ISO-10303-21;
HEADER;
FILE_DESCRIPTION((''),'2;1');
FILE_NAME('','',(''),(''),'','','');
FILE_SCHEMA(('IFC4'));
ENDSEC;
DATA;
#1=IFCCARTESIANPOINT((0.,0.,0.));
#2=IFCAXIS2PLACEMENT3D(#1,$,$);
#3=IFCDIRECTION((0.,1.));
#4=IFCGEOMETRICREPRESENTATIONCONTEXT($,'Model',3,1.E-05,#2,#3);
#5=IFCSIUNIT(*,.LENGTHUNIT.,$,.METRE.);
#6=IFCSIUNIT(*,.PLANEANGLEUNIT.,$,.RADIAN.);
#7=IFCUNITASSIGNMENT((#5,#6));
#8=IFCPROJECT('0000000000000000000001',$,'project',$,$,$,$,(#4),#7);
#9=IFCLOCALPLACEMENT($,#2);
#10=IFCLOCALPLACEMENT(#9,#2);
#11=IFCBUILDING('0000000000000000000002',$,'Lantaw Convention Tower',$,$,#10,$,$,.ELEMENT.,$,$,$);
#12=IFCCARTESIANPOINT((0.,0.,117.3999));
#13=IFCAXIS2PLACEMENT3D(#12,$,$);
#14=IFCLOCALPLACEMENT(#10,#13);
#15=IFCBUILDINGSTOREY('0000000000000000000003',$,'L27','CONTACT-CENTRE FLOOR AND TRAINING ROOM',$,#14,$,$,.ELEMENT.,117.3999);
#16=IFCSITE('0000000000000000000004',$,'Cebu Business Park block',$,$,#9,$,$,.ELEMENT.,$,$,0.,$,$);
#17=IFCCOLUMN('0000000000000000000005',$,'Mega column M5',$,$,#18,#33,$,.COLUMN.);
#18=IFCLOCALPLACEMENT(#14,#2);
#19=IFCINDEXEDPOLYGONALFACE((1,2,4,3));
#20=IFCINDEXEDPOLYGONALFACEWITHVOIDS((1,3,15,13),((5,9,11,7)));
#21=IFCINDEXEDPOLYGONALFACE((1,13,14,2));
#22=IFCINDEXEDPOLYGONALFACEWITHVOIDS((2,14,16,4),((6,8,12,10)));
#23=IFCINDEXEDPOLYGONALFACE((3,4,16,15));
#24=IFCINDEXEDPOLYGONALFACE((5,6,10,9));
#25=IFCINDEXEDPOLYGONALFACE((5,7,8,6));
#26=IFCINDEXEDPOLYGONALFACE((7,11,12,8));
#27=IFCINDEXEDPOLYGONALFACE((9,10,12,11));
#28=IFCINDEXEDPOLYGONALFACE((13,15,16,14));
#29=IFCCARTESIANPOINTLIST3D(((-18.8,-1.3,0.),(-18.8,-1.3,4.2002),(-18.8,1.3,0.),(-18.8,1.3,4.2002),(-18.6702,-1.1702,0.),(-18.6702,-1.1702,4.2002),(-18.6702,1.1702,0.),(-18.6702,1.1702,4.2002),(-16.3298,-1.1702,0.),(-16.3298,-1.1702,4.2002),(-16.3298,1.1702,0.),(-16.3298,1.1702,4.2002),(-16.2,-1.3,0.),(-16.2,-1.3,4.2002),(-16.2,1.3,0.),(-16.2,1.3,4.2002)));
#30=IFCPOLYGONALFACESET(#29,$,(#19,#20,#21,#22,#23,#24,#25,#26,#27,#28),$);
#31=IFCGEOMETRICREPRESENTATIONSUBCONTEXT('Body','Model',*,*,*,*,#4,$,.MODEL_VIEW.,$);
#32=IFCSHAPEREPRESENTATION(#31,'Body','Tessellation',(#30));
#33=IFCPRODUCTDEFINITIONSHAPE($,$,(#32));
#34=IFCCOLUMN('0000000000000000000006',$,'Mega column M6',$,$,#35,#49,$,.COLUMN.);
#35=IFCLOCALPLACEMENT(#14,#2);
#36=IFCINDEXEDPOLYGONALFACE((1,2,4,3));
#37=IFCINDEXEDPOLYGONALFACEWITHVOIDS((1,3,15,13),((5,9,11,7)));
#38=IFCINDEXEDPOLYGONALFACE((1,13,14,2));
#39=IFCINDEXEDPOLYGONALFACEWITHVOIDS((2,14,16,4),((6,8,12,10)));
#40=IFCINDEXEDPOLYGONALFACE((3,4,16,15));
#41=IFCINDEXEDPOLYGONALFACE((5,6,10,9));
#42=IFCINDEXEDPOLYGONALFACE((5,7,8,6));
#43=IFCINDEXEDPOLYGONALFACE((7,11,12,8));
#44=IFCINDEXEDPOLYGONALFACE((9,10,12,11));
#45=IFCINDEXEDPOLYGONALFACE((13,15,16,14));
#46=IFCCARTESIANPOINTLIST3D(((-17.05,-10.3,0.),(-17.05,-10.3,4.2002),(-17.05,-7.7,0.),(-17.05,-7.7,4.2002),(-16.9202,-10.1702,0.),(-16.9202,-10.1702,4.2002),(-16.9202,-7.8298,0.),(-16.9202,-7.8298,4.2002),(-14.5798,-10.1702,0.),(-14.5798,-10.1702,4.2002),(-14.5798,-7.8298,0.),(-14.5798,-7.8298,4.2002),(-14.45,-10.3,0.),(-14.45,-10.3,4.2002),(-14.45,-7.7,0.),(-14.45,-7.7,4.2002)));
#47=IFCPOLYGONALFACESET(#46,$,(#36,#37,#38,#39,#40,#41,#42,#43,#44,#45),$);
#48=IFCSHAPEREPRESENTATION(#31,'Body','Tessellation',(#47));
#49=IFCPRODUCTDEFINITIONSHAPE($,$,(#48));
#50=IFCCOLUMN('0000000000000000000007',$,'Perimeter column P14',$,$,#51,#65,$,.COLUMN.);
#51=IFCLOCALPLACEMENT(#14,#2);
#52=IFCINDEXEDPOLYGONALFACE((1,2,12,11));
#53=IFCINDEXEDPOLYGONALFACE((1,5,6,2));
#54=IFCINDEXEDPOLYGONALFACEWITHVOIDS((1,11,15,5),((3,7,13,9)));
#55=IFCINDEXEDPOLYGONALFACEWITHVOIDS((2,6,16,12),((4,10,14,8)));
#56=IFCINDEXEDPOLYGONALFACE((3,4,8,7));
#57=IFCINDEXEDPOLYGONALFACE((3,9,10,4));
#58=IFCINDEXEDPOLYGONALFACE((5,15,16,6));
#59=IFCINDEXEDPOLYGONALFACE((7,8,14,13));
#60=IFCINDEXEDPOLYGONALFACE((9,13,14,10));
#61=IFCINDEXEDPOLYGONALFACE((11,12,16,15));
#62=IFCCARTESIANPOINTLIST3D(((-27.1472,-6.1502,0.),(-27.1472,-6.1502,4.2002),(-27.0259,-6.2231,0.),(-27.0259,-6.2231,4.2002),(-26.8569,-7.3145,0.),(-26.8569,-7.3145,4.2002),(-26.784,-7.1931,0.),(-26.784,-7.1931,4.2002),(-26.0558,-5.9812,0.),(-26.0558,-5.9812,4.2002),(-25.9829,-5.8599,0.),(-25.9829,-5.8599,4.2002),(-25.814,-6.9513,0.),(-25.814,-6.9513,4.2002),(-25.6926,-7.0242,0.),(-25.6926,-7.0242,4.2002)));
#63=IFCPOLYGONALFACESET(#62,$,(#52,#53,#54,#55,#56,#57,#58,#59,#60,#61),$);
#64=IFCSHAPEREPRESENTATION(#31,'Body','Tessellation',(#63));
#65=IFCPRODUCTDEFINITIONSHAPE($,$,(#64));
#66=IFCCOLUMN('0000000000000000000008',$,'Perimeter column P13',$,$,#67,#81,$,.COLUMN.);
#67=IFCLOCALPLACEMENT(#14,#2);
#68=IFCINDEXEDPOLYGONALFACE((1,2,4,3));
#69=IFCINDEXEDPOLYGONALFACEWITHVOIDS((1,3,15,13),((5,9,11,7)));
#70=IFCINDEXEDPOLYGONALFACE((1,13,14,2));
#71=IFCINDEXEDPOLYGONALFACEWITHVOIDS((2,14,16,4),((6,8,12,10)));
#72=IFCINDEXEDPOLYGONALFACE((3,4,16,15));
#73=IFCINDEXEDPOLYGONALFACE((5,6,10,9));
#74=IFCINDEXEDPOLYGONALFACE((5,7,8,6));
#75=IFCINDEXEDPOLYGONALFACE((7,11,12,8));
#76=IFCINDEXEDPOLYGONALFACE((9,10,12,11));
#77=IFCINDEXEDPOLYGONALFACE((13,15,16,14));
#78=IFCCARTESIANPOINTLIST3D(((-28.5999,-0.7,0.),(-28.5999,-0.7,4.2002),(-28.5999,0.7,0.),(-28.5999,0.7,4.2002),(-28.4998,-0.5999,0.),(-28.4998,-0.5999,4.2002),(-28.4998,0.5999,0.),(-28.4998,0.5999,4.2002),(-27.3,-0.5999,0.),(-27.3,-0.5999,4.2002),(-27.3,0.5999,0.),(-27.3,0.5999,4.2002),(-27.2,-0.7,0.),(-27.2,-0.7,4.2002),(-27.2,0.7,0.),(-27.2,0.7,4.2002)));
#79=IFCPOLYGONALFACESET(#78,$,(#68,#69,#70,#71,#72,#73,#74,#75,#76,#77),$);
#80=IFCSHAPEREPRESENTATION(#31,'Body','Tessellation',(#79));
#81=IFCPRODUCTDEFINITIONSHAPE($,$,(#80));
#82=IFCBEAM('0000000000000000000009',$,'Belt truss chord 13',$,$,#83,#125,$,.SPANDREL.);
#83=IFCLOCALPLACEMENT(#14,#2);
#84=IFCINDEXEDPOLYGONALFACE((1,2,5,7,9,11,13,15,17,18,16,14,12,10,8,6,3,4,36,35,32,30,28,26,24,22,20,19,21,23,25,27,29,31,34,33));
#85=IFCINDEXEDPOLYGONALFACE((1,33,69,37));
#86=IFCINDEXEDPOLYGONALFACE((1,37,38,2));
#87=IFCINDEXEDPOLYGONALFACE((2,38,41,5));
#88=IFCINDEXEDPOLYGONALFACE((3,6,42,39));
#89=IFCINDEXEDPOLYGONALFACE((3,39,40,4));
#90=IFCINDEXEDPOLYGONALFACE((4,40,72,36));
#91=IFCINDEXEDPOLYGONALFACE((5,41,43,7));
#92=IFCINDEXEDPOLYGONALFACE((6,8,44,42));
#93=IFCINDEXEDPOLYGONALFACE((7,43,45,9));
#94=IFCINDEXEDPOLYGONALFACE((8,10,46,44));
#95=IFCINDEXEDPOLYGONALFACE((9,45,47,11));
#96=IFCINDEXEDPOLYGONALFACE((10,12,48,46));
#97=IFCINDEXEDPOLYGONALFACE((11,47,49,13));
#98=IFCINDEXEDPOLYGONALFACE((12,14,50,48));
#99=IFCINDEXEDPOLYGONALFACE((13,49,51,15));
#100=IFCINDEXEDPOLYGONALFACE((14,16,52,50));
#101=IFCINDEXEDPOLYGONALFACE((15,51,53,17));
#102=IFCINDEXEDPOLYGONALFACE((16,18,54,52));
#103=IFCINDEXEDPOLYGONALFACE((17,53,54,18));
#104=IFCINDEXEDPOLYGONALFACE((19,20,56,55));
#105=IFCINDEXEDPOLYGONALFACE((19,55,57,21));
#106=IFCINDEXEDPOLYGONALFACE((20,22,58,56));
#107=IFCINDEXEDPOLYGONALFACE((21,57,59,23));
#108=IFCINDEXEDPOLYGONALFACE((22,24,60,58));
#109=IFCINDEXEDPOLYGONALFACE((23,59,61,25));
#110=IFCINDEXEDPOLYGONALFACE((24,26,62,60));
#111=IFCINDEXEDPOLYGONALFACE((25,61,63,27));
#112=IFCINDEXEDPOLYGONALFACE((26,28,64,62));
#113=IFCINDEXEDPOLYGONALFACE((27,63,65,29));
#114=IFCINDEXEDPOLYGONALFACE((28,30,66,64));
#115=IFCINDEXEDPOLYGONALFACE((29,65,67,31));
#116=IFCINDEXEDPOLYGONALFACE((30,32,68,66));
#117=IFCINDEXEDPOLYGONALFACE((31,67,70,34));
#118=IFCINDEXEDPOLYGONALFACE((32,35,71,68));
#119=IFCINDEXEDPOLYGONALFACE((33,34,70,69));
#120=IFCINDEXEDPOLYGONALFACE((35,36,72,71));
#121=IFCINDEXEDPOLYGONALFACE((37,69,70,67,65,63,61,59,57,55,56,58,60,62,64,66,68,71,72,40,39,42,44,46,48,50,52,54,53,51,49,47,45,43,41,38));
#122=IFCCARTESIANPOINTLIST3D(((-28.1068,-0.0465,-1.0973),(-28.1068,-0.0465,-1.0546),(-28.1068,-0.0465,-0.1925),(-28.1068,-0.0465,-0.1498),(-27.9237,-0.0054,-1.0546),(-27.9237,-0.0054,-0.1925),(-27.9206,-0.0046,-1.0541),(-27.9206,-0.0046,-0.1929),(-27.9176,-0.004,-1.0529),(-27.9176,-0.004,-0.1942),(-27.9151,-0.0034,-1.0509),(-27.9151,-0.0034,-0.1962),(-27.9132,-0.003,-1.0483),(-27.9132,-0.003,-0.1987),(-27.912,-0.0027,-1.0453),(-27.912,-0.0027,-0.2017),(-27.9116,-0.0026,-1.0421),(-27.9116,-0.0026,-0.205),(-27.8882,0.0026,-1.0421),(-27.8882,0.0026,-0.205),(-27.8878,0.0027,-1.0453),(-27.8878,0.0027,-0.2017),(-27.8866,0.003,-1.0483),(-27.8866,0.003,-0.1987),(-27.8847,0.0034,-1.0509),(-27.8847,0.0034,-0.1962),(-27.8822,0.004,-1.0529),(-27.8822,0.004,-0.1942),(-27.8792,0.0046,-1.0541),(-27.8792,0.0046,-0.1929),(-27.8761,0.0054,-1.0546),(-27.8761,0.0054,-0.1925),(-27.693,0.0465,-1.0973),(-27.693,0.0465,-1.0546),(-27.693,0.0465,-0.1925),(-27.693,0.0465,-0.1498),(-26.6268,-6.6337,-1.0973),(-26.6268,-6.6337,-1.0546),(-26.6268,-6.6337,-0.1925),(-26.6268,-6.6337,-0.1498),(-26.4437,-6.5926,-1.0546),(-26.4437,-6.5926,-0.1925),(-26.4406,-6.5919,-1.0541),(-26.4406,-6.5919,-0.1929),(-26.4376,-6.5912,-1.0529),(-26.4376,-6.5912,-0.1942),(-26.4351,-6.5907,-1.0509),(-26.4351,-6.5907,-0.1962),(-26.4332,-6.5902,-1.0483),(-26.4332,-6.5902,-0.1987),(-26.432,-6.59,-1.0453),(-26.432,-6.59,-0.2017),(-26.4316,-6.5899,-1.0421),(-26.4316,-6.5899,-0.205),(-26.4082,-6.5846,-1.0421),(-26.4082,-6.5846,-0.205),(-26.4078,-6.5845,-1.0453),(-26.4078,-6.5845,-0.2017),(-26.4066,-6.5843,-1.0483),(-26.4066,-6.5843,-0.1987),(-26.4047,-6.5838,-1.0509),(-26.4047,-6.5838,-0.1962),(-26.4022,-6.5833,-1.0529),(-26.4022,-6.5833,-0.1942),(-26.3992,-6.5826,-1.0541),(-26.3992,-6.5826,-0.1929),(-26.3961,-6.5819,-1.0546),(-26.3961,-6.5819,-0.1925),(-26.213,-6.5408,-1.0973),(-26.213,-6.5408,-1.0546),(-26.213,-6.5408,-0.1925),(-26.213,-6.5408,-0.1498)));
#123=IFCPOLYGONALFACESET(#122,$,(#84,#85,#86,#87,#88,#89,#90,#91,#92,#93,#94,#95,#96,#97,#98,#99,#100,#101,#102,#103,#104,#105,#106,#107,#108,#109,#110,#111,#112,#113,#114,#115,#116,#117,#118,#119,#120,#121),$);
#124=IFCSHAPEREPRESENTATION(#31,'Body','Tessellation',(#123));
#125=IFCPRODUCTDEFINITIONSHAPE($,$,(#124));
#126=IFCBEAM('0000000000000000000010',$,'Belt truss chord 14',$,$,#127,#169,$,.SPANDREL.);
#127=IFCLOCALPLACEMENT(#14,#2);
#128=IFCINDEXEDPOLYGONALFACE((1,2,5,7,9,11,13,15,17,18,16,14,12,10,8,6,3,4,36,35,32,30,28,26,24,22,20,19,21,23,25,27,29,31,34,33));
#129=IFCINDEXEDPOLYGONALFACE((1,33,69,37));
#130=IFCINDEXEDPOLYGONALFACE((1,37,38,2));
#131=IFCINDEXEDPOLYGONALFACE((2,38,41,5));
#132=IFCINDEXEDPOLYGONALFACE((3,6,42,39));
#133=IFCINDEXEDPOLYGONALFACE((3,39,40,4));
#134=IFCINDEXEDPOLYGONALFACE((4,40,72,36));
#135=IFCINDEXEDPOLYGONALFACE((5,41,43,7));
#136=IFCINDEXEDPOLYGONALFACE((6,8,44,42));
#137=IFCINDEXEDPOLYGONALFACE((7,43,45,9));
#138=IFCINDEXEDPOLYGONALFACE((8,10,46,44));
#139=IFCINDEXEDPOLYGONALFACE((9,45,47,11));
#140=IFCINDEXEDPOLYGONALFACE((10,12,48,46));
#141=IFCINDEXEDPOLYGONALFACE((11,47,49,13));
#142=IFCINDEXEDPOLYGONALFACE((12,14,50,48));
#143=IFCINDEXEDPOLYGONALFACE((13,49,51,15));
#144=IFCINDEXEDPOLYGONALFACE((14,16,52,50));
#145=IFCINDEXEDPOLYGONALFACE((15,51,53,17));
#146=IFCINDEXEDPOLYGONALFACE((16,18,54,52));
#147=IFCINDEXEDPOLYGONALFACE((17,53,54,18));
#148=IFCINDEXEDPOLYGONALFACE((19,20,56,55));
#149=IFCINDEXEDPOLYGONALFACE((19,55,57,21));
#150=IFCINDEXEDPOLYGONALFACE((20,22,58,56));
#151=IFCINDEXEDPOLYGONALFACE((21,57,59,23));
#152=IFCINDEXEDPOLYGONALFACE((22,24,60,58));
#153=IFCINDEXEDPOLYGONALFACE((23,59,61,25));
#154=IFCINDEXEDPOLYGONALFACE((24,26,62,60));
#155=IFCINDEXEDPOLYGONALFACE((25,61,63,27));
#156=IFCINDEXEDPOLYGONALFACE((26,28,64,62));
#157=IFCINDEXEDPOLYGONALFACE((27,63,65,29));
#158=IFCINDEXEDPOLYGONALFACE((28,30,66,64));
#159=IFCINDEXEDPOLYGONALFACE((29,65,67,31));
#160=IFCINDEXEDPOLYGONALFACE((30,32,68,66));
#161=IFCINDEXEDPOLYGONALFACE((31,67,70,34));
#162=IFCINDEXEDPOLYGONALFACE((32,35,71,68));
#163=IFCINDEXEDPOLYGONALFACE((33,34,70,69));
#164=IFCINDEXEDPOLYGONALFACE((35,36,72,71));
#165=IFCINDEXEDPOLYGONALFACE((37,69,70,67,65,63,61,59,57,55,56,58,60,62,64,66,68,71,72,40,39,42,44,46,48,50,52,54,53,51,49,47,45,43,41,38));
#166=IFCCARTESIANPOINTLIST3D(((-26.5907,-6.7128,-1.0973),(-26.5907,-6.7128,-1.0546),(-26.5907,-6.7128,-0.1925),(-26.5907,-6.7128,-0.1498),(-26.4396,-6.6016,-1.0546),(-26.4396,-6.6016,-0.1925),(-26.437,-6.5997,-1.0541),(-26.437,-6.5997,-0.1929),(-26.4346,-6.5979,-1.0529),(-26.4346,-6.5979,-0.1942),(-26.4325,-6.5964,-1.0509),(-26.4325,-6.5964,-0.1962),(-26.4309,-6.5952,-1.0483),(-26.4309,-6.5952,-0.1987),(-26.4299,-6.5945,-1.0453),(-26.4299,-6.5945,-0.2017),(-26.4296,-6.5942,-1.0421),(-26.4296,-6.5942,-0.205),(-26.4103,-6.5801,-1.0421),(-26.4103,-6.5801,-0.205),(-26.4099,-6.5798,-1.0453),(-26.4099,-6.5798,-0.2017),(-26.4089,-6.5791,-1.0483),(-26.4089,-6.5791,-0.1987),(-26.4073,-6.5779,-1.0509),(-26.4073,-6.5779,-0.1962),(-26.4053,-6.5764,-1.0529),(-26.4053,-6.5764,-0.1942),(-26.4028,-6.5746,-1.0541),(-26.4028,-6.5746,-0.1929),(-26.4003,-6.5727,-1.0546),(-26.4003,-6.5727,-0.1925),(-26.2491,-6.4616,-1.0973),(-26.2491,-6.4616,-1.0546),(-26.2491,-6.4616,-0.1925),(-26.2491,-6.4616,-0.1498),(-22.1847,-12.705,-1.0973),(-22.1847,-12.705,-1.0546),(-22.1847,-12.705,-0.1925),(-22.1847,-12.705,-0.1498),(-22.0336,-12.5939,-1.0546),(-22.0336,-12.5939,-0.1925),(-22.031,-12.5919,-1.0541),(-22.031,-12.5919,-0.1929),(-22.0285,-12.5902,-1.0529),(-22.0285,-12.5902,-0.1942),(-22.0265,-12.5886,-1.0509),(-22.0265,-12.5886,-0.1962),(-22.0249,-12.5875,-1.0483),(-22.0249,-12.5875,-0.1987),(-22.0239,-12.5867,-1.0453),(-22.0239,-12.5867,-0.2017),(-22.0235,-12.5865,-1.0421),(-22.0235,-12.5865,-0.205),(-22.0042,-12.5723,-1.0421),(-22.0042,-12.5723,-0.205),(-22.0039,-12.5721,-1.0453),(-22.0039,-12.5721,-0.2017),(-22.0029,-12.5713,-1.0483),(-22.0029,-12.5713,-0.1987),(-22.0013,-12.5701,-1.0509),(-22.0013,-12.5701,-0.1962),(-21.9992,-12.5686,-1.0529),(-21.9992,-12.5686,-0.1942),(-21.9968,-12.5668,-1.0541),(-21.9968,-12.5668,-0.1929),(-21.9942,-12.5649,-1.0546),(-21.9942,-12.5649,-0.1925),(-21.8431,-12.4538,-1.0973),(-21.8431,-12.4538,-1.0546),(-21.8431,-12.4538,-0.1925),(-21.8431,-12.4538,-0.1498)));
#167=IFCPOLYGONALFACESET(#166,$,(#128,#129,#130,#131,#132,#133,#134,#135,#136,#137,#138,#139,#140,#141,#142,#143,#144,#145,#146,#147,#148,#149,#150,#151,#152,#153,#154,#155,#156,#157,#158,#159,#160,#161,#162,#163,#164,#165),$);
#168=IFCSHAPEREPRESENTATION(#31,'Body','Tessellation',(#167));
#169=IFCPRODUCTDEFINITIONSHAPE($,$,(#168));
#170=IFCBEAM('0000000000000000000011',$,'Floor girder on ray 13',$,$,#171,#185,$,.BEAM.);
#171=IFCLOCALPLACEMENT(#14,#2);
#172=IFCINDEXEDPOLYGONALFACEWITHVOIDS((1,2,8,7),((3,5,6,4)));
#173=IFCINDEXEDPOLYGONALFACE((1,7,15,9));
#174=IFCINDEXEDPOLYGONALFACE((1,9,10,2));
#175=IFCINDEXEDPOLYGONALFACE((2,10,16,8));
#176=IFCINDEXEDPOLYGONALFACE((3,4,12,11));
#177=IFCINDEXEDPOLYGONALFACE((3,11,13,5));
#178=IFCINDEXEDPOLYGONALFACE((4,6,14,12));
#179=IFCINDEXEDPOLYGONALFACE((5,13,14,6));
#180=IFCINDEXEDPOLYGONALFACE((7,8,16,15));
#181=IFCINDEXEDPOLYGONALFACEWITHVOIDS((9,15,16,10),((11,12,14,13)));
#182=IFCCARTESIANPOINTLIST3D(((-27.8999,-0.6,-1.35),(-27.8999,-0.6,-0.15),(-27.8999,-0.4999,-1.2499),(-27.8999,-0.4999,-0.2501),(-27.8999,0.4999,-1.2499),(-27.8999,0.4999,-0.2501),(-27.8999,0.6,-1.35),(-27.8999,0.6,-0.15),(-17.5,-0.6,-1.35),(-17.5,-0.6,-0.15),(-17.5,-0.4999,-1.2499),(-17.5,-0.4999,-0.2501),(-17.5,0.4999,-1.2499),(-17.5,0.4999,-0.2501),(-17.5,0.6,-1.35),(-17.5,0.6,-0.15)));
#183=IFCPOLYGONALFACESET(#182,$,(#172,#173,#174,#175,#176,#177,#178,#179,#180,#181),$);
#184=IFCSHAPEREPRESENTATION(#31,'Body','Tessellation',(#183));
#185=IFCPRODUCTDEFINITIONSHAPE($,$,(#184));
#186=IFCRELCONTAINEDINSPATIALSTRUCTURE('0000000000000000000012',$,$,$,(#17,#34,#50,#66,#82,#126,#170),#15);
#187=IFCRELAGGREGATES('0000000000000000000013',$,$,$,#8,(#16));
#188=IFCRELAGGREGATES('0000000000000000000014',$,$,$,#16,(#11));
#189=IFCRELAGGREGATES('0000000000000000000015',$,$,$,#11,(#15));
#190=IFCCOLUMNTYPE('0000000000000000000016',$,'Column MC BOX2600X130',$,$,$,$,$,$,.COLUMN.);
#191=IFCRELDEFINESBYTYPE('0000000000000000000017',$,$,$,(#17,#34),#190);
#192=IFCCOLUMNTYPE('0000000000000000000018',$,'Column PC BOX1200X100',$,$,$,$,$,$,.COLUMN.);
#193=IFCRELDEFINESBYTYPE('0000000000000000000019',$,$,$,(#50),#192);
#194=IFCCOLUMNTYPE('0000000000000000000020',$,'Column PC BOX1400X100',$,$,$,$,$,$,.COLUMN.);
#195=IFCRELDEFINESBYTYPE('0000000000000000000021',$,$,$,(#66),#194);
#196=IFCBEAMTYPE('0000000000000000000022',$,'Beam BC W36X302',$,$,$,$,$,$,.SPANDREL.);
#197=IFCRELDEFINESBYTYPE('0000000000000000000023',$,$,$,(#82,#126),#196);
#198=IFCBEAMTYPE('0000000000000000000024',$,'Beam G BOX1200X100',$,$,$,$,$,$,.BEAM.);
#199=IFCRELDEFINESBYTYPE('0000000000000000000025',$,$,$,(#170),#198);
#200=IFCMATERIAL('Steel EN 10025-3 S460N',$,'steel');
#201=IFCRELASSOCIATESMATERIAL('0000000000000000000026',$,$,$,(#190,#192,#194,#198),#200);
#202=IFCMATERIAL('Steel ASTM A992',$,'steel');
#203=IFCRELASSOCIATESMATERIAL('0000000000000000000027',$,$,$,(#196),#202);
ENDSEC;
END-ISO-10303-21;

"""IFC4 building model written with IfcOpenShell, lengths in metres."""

from ifc_helpers import new_model, si_unit, direction, frame, origin, origin_2d, place, context, subcontext, project, spatial, rectangle, hollow_rectangle, i_section, extrude, material, material_profile, profile_set, type_object, element, save


model = new_model("IFC4")

# Units and contexts
model_context = context("Model", 3, precision=1e-05, world=origin(), true_north=direction((0.0, 1.0)))
body_context = subcontext(model_context, "Body", "Model", "MODEL_VIEW")
ifc_project = project(units=[si_unit("LENGTHUNIT", "METRE"), si_unit("PLANEANGLEUNIT", "RADIAN")], contexts=[model_context])

# Site, building, storey
site_placement = place(None, origin())
site = spatial("IfcSite", under=ifc_project, at=site_placement, Name="Cebu Business Park block", CompositionType="ELEMENT", RefElevation=0.0)
building_placement = place(site_placement, origin())
building = spatial("IfcBuilding", under=site, at=building_placement, Name="Lantaw Convention Tower", CompositionType="ELEMENT")
storey_placement = place(building_placement, frame((0.0, 0.0, 117.3999)))
storey = spatial("IfcBuildingStorey", under=building, at=storey_placement, Name="L27", Description="CONTACT-CENTRE FLOOR AND TRAINING ROOM", CompositionType="ELEMENT", Elevation=117.3999)

# Columns
ifc_material_1 = material(Name="Steel EN 10025-3 S460N", Category="steel")
ifc_material_profile_1 = material_profile(ifc_material_1, hollow_rectangle(XDim=2.6001, YDim=2.6001, WallThickness=0.1299, at=origin_2d()), Name="BOX2600X130")
ifc_material_2 = material(Name="Concrete C60/75", Category="concrete")
ifc_material_profile_2 = material_profile(ifc_material_2, rectangle(XDim=2.3401, YDim=2.3401, at=origin_2d()), Name="Concrete fill of BOX2600X130")
ifc_profile_set_1 = profile_set([ifc_material_profile_1, ifc_material_profile_2], Name="Steel EN 10025-3 S460N")
column_type_1 = type_object("IfcColumnType", Name="Column MC BOX2600X130", PredefinedType="COLUMN", material=ifc_profile_set_1)
for number, where, z_axis, x_axis, name in (
    (1, (-17.5, 0.0, 0.0), (0.0, 0.0, 1.0), (1.0, 0.0, 0.0), "Mega column M5"),
    (2, (-15.75, -9.0, 0.0), (0.0, 0.0, 1.0), (1.0, 0.0, 0.0), "Mega column M6"),
):
    element("IfcColumn", number, at=place(storey_placement, frame(where, z_axis=z_axis, x_axis=x_axis)), inside=storey, type_object=column_type_1, Name=name, PredefinedType="COLUMN", context=body_context, shape_type="SweptSolid", body=[
        extrude(hollow_rectangle(XDim=2.6001, YDim=2.6001, WallThickness=0.1299, at=origin_2d()), origin(), (0.0, 0.0, 1.0), 4.2002),
    ])
ifc_material_profile_3 = material_profile(ifc_material_1, hollow_rectangle(XDim=1.2, YDim=1.2, WallThickness=0.1001, at=origin_2d()), Name="BOX1200X100")
ifc_material_profile_4 = material_profile(ifc_material_2, rectangle(XDim=1.0, YDim=1.0, at=origin_2d()), Name="Concrete fill of BOX1200X100")
ifc_profile_set_2 = profile_set([ifc_material_profile_3, ifc_material_profile_4], Name="Steel EN 10025-3 S460N")
column_type_2 = type_object("IfcColumnType", Name="Column PC BOX1200X100", PredefinedType="COLUMN", material=ifc_profile_set_2)
column_1_placement = place(storey_placement, frame((-26.4199, -6.5872, 0.0), z_axis=(0.0, 0.0, 1.0), x_axis=(0.970296, 0.241922, 0.0)))
element("IfcColumn", 3, at=column_1_placement, inside=storey, type_object=column_type_2, Name="Perimeter column P14", PredefinedType="COLUMN", context=body_context, shape_type="SweptSolid", body=[
    extrude(hollow_rectangle(XDim=1.2, YDim=1.2, WallThickness=0.1001, at=origin_2d()), origin(), (0.0, 0.0, 1.0), 4.2002),
])
ifc_material_profile_5 = material_profile(ifc_material_1, hollow_rectangle(XDim=1.3999, YDim=1.3999, WallThickness=0.1001, at=origin_2d()), Name="BOX1400X100")
ifc_material_profile_6 = material_profile(ifc_material_2, rectangle(XDim=1.2, YDim=1.2, at=origin_2d()), Name="Concrete fill of BOX1400X100")
ifc_profile_set_3 = profile_set([ifc_material_profile_5, ifc_material_profile_6], Name="Steel EN 10025-3 S460N")
column_type_3 = type_object("IfcColumnType", Name="Column PC BOX1400X100", PredefinedType="COLUMN", material=ifc_profile_set_3)
column_2_placement = place(storey_placement, frame((-27.8999, 0.0, 0.0), z_axis=(0.0, 0.0, 1.0), x_axis=(1.0, 0.0, 0.0)))
element("IfcColumn", 4, at=column_2_placement, inside=storey, type_object=column_type_3, Name="Perimeter column P13", PredefinedType="COLUMN", context=body_context, shape_type="SweptSolid", body=[
    extrude(hollow_rectangle(XDim=1.3999, YDim=1.3999, WallThickness=0.1001, at=origin_2d()), origin(), (0.0, 0.0, 1.0), 4.2002),
])

# Beams
ifc_material_3 = material(Name="Steel ASTM A992", Category="steel")
ifc_material_profile_7 = material_profile(ifc_material_3, i_section(OverallWidth=0.4241, OverallDepth=0.9475, WebThickness=0.0239, FlangeThickness=0.0427, FilletRadius=0.0125, at=origin_2d()), Name="W36X302")
ifc_profile_set_4 = profile_set([ifc_material_profile_7], Name="Steel ASTM A992")
beam_type_1 = type_object("IfcBeamType", Name="Beam BC W36X302", PredefinedType="SPANDREL", material=ifc_profile_set_4)
beam_1_placement = place(storey_placement, frame((-27.8999, 0.0, -0.6235), z_axis=(0.219212, -0.975677, 0.0), x_axis=(0.975677, 0.219212, 0.0)))
element("IfcBeam", 5, at=beam_1_placement, inside=storey, type_object=beam_type_1, Name="Belt truss chord 13", PredefinedType="SPANDREL", context=body_context, shape_type="SweptSolid", body=[
    extrude(i_section(OverallWidth=0.4241, OverallDepth=0.9475, WebThickness=0.0239, FlangeThickness=0.0427, FilletRadius=0.0125, at=origin_2d()), origin(), (0.0, 0.0, 1.0), 6.7515),
])
beam_2_placement = place(storey_placement, frame((-26.4199, -6.5872, -0.6235), z_axis=(0.592389, -0.805652, 0.0), x_axis=(0.805652, 0.592389, 0.0)))
element("IfcBeam", 6, at=beam_2_placement, inside=storey, type_object=beam_type_1, Name="Belt truss chord 14", PredefinedType="SPANDREL", context=body_context, shape_type="SweptSolid", body=[
    extrude(i_section(OverallWidth=0.4241, OverallDepth=0.9475, WebThickness=0.0239, FlangeThickness=0.0427, FilletRadius=0.0125, at=origin_2d()), origin(), (0.0, 0.0, 1.0), 7.4377),
])
ifc_material_profile_8 = material_profile(ifc_material_1, hollow_rectangle(XDim=1.2, YDim=1.2, WallThickness=0.1001, at=origin_2d()), Name="BOX1200X100")
ifc_profile_set_5 = profile_set([ifc_material_profile_8], Name="Steel EN 10025-3 S460N")
beam_type_2 = type_object("IfcBeamType", Name="Beam G BOX1200X100", PredefinedType="BEAM", material=ifc_profile_set_5)
beam_3_placement = place(storey_placement, frame((-17.5, 0.0, -0.75), z_axis=(-1.0, 0.0, 0.0), x_axis=(0.0, -1.0, 0.0)))
element("IfcBeam", 7, at=beam_3_placement, inside=storey, type_object=beam_type_2, Name="Floor girder on ray 13", PredefinedType="BEAM", context=body_context, shape_type="SweptSolid", body=[
    extrude(hollow_rectangle(XDim=1.2, YDim=1.2, WallThickness=0.1001, at=origin_2d()), origin(), (0.0, 0.0, 1.0), 10.3999),
])

save(model, "model.ifc")
